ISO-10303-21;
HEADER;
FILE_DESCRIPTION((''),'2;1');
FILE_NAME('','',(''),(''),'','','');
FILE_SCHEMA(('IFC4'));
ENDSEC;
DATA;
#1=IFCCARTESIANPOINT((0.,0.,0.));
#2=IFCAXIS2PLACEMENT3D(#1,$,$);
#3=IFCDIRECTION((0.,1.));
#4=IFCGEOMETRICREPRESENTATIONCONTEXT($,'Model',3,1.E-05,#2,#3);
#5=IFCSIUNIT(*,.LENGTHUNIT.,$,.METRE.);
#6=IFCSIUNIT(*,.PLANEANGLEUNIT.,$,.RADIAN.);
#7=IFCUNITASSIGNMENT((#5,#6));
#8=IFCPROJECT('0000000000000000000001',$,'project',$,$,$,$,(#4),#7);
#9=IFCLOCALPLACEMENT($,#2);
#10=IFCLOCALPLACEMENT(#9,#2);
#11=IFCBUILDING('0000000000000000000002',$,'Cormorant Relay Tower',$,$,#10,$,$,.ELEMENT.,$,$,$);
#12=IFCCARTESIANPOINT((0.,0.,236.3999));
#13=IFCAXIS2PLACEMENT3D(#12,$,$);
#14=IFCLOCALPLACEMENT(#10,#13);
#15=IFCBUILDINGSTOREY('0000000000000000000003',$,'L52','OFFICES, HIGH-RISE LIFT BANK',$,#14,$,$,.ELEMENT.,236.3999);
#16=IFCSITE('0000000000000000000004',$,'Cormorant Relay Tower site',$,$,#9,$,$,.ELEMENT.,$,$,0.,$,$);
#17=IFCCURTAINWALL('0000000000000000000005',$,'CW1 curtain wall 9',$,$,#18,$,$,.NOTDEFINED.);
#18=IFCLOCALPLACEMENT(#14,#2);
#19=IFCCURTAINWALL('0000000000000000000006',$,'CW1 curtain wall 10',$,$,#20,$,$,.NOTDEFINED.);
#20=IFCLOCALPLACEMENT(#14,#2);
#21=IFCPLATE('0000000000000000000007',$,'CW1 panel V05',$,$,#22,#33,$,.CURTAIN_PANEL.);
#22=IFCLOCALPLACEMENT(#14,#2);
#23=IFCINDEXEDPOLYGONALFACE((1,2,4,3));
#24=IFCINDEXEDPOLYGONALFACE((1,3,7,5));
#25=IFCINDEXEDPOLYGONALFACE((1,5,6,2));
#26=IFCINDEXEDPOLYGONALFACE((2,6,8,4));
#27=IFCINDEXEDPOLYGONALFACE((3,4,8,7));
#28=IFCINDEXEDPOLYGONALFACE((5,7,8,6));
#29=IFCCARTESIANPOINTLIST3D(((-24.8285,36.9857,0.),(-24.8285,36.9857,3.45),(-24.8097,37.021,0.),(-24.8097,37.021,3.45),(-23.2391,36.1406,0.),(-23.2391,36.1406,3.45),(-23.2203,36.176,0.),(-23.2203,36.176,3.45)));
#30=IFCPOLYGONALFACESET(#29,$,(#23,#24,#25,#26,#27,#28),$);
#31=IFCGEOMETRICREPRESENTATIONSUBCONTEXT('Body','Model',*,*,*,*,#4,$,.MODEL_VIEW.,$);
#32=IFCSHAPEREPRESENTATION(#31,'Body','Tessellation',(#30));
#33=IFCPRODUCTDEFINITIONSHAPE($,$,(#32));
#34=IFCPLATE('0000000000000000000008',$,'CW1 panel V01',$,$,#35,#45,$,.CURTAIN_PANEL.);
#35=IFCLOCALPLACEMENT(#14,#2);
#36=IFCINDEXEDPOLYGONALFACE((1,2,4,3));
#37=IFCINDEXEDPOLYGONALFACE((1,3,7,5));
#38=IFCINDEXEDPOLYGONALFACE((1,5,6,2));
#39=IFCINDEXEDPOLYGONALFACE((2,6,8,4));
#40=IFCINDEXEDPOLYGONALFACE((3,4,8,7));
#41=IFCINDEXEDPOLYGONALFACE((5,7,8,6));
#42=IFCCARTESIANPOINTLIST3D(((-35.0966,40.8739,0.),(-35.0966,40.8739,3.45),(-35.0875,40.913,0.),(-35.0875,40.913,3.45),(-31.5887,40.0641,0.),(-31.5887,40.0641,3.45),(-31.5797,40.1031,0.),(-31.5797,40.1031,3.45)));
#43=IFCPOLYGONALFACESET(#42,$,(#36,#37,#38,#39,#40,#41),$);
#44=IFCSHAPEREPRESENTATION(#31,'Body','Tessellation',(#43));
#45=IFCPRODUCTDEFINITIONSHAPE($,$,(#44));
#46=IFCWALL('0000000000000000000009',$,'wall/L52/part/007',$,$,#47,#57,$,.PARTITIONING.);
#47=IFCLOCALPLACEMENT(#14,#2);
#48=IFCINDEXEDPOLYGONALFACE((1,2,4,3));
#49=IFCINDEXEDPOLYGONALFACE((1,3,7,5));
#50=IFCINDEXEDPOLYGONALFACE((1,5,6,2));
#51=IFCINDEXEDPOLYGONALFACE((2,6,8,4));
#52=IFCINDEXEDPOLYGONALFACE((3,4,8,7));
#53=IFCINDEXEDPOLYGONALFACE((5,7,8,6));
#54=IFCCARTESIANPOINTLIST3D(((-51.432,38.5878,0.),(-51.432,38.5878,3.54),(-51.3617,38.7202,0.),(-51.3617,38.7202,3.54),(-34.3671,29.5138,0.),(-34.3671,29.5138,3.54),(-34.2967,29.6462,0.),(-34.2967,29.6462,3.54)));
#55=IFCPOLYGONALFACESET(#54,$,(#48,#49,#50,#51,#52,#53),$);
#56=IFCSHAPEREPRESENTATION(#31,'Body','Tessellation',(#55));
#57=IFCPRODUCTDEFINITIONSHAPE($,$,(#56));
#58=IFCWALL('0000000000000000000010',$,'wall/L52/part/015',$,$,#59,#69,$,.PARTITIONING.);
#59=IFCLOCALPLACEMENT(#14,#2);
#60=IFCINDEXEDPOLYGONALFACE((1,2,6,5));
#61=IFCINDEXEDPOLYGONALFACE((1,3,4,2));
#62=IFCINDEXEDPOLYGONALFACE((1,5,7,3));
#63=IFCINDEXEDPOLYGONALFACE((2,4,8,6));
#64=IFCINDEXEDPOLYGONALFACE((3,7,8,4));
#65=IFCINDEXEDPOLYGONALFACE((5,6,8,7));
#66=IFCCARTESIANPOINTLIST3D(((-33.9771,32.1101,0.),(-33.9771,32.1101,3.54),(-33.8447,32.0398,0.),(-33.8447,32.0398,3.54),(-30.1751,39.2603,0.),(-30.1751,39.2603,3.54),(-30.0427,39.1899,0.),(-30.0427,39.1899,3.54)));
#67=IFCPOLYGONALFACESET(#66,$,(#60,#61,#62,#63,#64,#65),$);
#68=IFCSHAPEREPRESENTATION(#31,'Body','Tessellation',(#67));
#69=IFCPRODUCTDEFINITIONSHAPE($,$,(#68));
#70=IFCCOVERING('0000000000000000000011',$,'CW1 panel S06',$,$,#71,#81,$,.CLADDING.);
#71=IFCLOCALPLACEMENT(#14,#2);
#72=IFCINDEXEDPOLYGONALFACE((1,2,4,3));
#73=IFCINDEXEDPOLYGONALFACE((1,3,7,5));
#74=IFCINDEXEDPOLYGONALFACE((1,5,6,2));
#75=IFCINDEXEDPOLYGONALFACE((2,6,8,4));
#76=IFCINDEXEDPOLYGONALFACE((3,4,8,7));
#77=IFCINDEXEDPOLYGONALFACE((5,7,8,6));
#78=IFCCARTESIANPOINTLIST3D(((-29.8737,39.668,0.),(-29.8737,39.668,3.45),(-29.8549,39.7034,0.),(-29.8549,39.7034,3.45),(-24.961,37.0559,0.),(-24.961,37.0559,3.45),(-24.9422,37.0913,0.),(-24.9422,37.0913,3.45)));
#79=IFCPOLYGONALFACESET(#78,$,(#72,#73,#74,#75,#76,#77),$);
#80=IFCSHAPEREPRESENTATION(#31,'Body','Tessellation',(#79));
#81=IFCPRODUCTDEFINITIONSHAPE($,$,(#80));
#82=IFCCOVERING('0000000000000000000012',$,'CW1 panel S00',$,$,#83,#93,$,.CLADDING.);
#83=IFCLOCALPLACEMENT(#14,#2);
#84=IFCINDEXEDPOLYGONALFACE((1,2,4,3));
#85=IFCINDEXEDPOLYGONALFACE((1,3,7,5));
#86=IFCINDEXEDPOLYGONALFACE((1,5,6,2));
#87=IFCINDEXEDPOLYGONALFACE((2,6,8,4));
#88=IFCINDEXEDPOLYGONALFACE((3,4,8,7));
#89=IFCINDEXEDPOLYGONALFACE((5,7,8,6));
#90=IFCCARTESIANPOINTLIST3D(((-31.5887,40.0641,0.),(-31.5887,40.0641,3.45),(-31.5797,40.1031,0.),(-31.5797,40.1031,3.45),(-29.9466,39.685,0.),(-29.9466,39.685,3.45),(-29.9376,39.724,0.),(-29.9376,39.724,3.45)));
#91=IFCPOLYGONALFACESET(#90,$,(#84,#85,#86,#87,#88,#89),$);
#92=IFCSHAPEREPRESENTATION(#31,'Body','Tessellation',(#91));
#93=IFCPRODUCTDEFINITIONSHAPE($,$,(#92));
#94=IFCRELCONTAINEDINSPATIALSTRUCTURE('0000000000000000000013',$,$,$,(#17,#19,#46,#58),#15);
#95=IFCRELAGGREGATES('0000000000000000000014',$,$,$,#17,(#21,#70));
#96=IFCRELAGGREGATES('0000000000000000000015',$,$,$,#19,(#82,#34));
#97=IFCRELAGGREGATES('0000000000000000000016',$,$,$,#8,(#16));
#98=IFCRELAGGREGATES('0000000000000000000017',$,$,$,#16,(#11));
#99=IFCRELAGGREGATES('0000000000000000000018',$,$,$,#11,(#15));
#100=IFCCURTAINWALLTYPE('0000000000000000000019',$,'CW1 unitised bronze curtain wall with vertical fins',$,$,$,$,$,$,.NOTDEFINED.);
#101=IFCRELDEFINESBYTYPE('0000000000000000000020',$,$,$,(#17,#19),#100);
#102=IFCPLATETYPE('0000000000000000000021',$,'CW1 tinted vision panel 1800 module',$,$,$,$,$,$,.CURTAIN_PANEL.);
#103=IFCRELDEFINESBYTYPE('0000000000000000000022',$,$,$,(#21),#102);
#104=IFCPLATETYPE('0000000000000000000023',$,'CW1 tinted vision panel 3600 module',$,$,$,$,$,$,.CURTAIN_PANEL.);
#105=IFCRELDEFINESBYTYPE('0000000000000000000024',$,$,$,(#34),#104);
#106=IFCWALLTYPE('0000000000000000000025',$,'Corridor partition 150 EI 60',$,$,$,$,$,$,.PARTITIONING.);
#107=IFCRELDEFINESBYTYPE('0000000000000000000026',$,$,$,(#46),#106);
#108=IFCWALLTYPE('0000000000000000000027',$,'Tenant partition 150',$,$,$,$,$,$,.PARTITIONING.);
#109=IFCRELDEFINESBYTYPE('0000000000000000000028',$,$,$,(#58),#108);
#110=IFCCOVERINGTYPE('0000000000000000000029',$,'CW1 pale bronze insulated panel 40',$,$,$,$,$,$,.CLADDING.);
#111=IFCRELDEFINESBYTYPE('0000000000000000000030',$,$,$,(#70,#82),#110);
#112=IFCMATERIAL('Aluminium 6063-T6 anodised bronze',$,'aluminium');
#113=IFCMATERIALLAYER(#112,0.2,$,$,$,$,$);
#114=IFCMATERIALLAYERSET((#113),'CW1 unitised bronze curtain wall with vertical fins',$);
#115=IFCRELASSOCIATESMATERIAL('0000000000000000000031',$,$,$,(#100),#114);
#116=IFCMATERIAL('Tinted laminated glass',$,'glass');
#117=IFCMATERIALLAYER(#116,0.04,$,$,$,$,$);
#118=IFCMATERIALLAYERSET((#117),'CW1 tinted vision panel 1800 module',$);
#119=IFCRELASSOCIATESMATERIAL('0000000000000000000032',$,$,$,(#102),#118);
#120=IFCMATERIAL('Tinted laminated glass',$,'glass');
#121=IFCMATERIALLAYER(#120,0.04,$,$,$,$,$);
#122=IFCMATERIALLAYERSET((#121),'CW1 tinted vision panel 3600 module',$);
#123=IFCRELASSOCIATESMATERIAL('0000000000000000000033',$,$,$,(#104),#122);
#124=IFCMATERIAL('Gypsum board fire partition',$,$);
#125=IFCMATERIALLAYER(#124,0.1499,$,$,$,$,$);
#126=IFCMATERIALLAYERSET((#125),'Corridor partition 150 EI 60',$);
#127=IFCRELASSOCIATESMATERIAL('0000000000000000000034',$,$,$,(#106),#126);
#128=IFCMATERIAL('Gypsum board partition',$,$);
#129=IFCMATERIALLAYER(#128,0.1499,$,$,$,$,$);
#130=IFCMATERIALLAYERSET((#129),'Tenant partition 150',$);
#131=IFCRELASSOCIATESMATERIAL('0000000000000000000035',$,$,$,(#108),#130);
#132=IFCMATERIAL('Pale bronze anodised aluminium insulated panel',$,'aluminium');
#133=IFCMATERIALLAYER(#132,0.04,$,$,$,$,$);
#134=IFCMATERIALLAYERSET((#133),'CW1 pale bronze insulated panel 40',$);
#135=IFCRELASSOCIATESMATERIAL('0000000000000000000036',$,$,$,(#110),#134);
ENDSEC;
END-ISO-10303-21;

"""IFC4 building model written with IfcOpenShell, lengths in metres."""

from ifc_helpers import new_model, si_unit, direction, frame, frame_2d, origin, origin_2d, place, context, subcontext, project, spatial, rectangle, extrude, material, layer, layer_set, type_object, element, aggregate, save


model = new_model("IFC4")

# Units and contexts
model_context = context("Model", 3, precision=1e-05, world=origin(), true_north=direction((0.0, 1.0)))
body_context = subcontext(model_context, "Body", "Model", "MODEL_VIEW")
ifc_project = project(units=[si_unit("LENGTHUNIT", "METRE"), si_unit("PLANEANGLEUNIT", "RADIAN")], contexts=[model_context])

# Site, building, storey
site_placement = place(None, origin())
site = spatial("IfcSite", under=ifc_project, at=site_placement, Name="Cormorant Relay Tower site", CompositionType="ELEMENT", RefElevation=0.0)
building_placement = place(site_placement, origin())
building = spatial("IfcBuilding", under=site, at=building_placement, Name="Cormorant Relay Tower", CompositionType="ELEMENT")
storey_placement = place(building_placement, frame((0.0, 0.0, 236.3999)))
storey = spatial("IfcBuildingStorey", under=building, at=storey_placement, Name="L52", Description="OFFICES, HIGH-RISE LIFT BANK", CompositionType="ELEMENT", Elevation=236.3999)

# Curtain wall
ifc_material_1 = material(Name="Aluminium 6063-T6 anodised bronze", Category="aluminium")
ifc_layer_1 = layer(ifc_material_1, 0.2)
ifc_layer_set_1 = layer_set([ifc_layer_1], Name="CW1 unitised bronze curtain wall with vertical fins")
curtain_wall_type = type_object("IfcCurtainWallType", Name="CW1 unitised bronze curtain wall with vertical fins", PredefinedType="NOTDEFINED", material=ifc_layer_set_1)
curtain_wall_1_placement = place(storey_placement, origin())
curtain_wall_1 = element("IfcCurtainWall", 1, at=curtain_wall_1_placement, inside=storey, type_object=curtain_wall_type, Name="CW1 curtain wall 9", PredefinedType="NOTDEFINED")

# Curtain wall
curtain_wall_2_placement = place(storey_placement, origin())
curtain_wall_2 = element("IfcCurtainWall", 2, at=curtain_wall_2_placement, inside=storey, type_object=curtain_wall_type, Name="CW1 curtain wall 10", PredefinedType="NOTDEFINED")

# Plates
ifc_material_2 = material(Name="Tinted laminated glass", Category="glass")
ifc_layer_2 = layer(ifc_material_2, 0.04)
ifc_layer_set_2 = layer_set([ifc_layer_2], Name="CW1 tinted vision panel 1800 module")
plate_type_1 = type_object("IfcPlateType", Name="CW1 tinted vision panel 1800 module", PredefinedType="CURTAIN_PANEL", material=ifc_layer_set_2)
plate_1_placement = place(storey_placement, frame((-24.0244, 36.5808, 0.0), z_axis=(0.0, 0.0, 1.0), x_axis=(-0.882948, 0.469472, 0.0)))
plate_1 = element("IfcPlate", 3, at=plate_1_placement, type_object=plate_type_1, Name="CW1 panel V05", PredefinedType="CURTAIN_PANEL", context=body_context, shape_type="SweptSolid", body=[
    extrude(rectangle(XDim=1.8, YDim=0.04, at=origin_2d()), origin(), (0.0, 0.0, 1.0), 3.45),
])
ifc_material_3 = material(Name="Tinted laminated glass", Category="glass")
ifc_layer_3 = layer(ifc_material_3, 0.04)
ifc_layer_set_3 = layer_set([ifc_layer_3], Name="CW1 tinted vision panel 3600 module")
plate_type_2 = type_object("IfcPlateType", Name="CW1 tinted vision panel 3600 module", PredefinedType="CURTAIN_PANEL", material=ifc_layer_set_3)
plate_2_placement = place(storey_placement, frame((-33.3381, 40.4885, 0.0), z_axis=(0.0, 0.0, 1.0), x_axis=(-0.97437, 0.224951, 0.0)))
plate_2 = element("IfcPlate", 4, at=plate_2_placement, type_object=plate_type_2, Name="CW1 panel V01", PredefinedType="CURTAIN_PANEL", context=body_context, shape_type="SweptSolid", body=[
    extrude(rectangle(XDim=3.6001, YDim=0.04, at=origin_2d()), origin(), (0.0, 0.0, 1.0), 3.45),
])

# Walls
ifc_material_4 = material(Name="Gypsum board fire partition")
ifc_layer_4 = layer(ifc_material_4, 0.1499)
ifc_layer_set_4 = layer_set([ifc_layer_4], Name="Corridor partition 150 EI 60")
wall_type_1 = type_object("IfcWallType", Name="Corridor partition 150 EI 60", PredefinedType="PARTITIONING", material=ifc_layer_set_4)
wall_1_placement = place(storey_placement, frame((-34.332, 29.5801, 0.0), z_axis=(0.0, 0.0, 1.0), x_axis=(-0.882939, 0.469487, 0.0)))
element("IfcWall", 5, at=wall_1_placement, inside=storey, type_object=wall_type_1, Name="wall/L52/part/007", PredefinedType="PARTITIONING", context=body_context, shape_type="SweptSolid", body=[
    extrude(rectangle(XDim=19.3274, YDim=0.1499, at=frame_2d((9.6636, 0.0))), origin(), (0.0, 0.0, 1.0), 3.54),
])
ifc_material_5 = material(Name="Gypsum board partition")
ifc_layer_5 = layer(ifc_material_5, 0.1499)
ifc_layer_set_5 = layer_set([ifc_layer_5], Name="Tenant partition 150")
wall_type_2 = type_object("IfcWallType", Name="Tenant partition 150", PredefinedType="PARTITIONING", material=ifc_layer_set_5)
wall_2_placement = place(storey_placement, frame((-30.1089, 39.2251, 0.0), z_axis=(0.0, 0.0, 1.0), x_axis=(-0.469491, -0.882937, 0.0)))
element("IfcWall", 6, at=wall_2_placement, inside=storey, type_object=wall_type_2, Name="wall/L52/part/015", PredefinedType="PARTITIONING", context=body_context, shape_type="SweptSolid", body=[
    extrude(rectangle(XDim=8.0981, YDim=0.1499, at=frame_2d((4.0491, 0.0))), origin(), (0.0, 0.0, 1.0), 3.54),
])

# Coverings
ifc_material_6 = material(Name="Pale bronze anodised aluminium insulated panel", Category="aluminium")
ifc_layer_6 = layer(ifc_material_6, 0.04)
ifc_layer_set_6 = layer_set([ifc_layer_6], Name="CW1 pale bronze insulated panel 40")
covering_type = type_object("IfcCoveringType", Name="CW1 pale bronze insulated panel 40", PredefinedType="CLADDING", material=ifc_layer_set_6)
covering_1_placement = place(storey_placement, frame((-27.408, 38.3796, 0.0), z_axis=(0.0, 0.0, 1.0), x_axis=(-0.882948, 0.469472, 0.0)))
covering_1 = element("IfcCovering", 7, at=covering_1_placement, type_object=covering_type, Name="CW1 panel S06", PredefinedType="CLADDING", context=body_context, shape_type="SweptSolid", body=[
    extrude(rectangle(XDim=5.564, YDim=0.04, at=origin_2d()), origin(), (0.0, 0.0, 1.0), 3.45),
])
aggregate(curtain_wall_1, [plate_1, covering_1])
covering_2_placement = place(storey_placement, frame((-30.7632, 39.894, 0.0), z_axis=(0.0, 0.0, 1.0), x_axis=(-0.97437, 0.224951, 0.0)))
covering_2 = element("IfcCovering", 8, at=covering_2_placement, type_object=covering_type, Name="CW1 panel S00", PredefinedType="CLADDING", context=body_context, shape_type="SweptSolid", body=[
    extrude(rectangle(XDim=1.6853, YDim=0.04, at=origin_2d()), origin(), (0.0, 0.0, 1.0), 3.45),
])
aggregate(curtain_wall_2, [covering_2, plate_2])

save(model, "model.ifc")
